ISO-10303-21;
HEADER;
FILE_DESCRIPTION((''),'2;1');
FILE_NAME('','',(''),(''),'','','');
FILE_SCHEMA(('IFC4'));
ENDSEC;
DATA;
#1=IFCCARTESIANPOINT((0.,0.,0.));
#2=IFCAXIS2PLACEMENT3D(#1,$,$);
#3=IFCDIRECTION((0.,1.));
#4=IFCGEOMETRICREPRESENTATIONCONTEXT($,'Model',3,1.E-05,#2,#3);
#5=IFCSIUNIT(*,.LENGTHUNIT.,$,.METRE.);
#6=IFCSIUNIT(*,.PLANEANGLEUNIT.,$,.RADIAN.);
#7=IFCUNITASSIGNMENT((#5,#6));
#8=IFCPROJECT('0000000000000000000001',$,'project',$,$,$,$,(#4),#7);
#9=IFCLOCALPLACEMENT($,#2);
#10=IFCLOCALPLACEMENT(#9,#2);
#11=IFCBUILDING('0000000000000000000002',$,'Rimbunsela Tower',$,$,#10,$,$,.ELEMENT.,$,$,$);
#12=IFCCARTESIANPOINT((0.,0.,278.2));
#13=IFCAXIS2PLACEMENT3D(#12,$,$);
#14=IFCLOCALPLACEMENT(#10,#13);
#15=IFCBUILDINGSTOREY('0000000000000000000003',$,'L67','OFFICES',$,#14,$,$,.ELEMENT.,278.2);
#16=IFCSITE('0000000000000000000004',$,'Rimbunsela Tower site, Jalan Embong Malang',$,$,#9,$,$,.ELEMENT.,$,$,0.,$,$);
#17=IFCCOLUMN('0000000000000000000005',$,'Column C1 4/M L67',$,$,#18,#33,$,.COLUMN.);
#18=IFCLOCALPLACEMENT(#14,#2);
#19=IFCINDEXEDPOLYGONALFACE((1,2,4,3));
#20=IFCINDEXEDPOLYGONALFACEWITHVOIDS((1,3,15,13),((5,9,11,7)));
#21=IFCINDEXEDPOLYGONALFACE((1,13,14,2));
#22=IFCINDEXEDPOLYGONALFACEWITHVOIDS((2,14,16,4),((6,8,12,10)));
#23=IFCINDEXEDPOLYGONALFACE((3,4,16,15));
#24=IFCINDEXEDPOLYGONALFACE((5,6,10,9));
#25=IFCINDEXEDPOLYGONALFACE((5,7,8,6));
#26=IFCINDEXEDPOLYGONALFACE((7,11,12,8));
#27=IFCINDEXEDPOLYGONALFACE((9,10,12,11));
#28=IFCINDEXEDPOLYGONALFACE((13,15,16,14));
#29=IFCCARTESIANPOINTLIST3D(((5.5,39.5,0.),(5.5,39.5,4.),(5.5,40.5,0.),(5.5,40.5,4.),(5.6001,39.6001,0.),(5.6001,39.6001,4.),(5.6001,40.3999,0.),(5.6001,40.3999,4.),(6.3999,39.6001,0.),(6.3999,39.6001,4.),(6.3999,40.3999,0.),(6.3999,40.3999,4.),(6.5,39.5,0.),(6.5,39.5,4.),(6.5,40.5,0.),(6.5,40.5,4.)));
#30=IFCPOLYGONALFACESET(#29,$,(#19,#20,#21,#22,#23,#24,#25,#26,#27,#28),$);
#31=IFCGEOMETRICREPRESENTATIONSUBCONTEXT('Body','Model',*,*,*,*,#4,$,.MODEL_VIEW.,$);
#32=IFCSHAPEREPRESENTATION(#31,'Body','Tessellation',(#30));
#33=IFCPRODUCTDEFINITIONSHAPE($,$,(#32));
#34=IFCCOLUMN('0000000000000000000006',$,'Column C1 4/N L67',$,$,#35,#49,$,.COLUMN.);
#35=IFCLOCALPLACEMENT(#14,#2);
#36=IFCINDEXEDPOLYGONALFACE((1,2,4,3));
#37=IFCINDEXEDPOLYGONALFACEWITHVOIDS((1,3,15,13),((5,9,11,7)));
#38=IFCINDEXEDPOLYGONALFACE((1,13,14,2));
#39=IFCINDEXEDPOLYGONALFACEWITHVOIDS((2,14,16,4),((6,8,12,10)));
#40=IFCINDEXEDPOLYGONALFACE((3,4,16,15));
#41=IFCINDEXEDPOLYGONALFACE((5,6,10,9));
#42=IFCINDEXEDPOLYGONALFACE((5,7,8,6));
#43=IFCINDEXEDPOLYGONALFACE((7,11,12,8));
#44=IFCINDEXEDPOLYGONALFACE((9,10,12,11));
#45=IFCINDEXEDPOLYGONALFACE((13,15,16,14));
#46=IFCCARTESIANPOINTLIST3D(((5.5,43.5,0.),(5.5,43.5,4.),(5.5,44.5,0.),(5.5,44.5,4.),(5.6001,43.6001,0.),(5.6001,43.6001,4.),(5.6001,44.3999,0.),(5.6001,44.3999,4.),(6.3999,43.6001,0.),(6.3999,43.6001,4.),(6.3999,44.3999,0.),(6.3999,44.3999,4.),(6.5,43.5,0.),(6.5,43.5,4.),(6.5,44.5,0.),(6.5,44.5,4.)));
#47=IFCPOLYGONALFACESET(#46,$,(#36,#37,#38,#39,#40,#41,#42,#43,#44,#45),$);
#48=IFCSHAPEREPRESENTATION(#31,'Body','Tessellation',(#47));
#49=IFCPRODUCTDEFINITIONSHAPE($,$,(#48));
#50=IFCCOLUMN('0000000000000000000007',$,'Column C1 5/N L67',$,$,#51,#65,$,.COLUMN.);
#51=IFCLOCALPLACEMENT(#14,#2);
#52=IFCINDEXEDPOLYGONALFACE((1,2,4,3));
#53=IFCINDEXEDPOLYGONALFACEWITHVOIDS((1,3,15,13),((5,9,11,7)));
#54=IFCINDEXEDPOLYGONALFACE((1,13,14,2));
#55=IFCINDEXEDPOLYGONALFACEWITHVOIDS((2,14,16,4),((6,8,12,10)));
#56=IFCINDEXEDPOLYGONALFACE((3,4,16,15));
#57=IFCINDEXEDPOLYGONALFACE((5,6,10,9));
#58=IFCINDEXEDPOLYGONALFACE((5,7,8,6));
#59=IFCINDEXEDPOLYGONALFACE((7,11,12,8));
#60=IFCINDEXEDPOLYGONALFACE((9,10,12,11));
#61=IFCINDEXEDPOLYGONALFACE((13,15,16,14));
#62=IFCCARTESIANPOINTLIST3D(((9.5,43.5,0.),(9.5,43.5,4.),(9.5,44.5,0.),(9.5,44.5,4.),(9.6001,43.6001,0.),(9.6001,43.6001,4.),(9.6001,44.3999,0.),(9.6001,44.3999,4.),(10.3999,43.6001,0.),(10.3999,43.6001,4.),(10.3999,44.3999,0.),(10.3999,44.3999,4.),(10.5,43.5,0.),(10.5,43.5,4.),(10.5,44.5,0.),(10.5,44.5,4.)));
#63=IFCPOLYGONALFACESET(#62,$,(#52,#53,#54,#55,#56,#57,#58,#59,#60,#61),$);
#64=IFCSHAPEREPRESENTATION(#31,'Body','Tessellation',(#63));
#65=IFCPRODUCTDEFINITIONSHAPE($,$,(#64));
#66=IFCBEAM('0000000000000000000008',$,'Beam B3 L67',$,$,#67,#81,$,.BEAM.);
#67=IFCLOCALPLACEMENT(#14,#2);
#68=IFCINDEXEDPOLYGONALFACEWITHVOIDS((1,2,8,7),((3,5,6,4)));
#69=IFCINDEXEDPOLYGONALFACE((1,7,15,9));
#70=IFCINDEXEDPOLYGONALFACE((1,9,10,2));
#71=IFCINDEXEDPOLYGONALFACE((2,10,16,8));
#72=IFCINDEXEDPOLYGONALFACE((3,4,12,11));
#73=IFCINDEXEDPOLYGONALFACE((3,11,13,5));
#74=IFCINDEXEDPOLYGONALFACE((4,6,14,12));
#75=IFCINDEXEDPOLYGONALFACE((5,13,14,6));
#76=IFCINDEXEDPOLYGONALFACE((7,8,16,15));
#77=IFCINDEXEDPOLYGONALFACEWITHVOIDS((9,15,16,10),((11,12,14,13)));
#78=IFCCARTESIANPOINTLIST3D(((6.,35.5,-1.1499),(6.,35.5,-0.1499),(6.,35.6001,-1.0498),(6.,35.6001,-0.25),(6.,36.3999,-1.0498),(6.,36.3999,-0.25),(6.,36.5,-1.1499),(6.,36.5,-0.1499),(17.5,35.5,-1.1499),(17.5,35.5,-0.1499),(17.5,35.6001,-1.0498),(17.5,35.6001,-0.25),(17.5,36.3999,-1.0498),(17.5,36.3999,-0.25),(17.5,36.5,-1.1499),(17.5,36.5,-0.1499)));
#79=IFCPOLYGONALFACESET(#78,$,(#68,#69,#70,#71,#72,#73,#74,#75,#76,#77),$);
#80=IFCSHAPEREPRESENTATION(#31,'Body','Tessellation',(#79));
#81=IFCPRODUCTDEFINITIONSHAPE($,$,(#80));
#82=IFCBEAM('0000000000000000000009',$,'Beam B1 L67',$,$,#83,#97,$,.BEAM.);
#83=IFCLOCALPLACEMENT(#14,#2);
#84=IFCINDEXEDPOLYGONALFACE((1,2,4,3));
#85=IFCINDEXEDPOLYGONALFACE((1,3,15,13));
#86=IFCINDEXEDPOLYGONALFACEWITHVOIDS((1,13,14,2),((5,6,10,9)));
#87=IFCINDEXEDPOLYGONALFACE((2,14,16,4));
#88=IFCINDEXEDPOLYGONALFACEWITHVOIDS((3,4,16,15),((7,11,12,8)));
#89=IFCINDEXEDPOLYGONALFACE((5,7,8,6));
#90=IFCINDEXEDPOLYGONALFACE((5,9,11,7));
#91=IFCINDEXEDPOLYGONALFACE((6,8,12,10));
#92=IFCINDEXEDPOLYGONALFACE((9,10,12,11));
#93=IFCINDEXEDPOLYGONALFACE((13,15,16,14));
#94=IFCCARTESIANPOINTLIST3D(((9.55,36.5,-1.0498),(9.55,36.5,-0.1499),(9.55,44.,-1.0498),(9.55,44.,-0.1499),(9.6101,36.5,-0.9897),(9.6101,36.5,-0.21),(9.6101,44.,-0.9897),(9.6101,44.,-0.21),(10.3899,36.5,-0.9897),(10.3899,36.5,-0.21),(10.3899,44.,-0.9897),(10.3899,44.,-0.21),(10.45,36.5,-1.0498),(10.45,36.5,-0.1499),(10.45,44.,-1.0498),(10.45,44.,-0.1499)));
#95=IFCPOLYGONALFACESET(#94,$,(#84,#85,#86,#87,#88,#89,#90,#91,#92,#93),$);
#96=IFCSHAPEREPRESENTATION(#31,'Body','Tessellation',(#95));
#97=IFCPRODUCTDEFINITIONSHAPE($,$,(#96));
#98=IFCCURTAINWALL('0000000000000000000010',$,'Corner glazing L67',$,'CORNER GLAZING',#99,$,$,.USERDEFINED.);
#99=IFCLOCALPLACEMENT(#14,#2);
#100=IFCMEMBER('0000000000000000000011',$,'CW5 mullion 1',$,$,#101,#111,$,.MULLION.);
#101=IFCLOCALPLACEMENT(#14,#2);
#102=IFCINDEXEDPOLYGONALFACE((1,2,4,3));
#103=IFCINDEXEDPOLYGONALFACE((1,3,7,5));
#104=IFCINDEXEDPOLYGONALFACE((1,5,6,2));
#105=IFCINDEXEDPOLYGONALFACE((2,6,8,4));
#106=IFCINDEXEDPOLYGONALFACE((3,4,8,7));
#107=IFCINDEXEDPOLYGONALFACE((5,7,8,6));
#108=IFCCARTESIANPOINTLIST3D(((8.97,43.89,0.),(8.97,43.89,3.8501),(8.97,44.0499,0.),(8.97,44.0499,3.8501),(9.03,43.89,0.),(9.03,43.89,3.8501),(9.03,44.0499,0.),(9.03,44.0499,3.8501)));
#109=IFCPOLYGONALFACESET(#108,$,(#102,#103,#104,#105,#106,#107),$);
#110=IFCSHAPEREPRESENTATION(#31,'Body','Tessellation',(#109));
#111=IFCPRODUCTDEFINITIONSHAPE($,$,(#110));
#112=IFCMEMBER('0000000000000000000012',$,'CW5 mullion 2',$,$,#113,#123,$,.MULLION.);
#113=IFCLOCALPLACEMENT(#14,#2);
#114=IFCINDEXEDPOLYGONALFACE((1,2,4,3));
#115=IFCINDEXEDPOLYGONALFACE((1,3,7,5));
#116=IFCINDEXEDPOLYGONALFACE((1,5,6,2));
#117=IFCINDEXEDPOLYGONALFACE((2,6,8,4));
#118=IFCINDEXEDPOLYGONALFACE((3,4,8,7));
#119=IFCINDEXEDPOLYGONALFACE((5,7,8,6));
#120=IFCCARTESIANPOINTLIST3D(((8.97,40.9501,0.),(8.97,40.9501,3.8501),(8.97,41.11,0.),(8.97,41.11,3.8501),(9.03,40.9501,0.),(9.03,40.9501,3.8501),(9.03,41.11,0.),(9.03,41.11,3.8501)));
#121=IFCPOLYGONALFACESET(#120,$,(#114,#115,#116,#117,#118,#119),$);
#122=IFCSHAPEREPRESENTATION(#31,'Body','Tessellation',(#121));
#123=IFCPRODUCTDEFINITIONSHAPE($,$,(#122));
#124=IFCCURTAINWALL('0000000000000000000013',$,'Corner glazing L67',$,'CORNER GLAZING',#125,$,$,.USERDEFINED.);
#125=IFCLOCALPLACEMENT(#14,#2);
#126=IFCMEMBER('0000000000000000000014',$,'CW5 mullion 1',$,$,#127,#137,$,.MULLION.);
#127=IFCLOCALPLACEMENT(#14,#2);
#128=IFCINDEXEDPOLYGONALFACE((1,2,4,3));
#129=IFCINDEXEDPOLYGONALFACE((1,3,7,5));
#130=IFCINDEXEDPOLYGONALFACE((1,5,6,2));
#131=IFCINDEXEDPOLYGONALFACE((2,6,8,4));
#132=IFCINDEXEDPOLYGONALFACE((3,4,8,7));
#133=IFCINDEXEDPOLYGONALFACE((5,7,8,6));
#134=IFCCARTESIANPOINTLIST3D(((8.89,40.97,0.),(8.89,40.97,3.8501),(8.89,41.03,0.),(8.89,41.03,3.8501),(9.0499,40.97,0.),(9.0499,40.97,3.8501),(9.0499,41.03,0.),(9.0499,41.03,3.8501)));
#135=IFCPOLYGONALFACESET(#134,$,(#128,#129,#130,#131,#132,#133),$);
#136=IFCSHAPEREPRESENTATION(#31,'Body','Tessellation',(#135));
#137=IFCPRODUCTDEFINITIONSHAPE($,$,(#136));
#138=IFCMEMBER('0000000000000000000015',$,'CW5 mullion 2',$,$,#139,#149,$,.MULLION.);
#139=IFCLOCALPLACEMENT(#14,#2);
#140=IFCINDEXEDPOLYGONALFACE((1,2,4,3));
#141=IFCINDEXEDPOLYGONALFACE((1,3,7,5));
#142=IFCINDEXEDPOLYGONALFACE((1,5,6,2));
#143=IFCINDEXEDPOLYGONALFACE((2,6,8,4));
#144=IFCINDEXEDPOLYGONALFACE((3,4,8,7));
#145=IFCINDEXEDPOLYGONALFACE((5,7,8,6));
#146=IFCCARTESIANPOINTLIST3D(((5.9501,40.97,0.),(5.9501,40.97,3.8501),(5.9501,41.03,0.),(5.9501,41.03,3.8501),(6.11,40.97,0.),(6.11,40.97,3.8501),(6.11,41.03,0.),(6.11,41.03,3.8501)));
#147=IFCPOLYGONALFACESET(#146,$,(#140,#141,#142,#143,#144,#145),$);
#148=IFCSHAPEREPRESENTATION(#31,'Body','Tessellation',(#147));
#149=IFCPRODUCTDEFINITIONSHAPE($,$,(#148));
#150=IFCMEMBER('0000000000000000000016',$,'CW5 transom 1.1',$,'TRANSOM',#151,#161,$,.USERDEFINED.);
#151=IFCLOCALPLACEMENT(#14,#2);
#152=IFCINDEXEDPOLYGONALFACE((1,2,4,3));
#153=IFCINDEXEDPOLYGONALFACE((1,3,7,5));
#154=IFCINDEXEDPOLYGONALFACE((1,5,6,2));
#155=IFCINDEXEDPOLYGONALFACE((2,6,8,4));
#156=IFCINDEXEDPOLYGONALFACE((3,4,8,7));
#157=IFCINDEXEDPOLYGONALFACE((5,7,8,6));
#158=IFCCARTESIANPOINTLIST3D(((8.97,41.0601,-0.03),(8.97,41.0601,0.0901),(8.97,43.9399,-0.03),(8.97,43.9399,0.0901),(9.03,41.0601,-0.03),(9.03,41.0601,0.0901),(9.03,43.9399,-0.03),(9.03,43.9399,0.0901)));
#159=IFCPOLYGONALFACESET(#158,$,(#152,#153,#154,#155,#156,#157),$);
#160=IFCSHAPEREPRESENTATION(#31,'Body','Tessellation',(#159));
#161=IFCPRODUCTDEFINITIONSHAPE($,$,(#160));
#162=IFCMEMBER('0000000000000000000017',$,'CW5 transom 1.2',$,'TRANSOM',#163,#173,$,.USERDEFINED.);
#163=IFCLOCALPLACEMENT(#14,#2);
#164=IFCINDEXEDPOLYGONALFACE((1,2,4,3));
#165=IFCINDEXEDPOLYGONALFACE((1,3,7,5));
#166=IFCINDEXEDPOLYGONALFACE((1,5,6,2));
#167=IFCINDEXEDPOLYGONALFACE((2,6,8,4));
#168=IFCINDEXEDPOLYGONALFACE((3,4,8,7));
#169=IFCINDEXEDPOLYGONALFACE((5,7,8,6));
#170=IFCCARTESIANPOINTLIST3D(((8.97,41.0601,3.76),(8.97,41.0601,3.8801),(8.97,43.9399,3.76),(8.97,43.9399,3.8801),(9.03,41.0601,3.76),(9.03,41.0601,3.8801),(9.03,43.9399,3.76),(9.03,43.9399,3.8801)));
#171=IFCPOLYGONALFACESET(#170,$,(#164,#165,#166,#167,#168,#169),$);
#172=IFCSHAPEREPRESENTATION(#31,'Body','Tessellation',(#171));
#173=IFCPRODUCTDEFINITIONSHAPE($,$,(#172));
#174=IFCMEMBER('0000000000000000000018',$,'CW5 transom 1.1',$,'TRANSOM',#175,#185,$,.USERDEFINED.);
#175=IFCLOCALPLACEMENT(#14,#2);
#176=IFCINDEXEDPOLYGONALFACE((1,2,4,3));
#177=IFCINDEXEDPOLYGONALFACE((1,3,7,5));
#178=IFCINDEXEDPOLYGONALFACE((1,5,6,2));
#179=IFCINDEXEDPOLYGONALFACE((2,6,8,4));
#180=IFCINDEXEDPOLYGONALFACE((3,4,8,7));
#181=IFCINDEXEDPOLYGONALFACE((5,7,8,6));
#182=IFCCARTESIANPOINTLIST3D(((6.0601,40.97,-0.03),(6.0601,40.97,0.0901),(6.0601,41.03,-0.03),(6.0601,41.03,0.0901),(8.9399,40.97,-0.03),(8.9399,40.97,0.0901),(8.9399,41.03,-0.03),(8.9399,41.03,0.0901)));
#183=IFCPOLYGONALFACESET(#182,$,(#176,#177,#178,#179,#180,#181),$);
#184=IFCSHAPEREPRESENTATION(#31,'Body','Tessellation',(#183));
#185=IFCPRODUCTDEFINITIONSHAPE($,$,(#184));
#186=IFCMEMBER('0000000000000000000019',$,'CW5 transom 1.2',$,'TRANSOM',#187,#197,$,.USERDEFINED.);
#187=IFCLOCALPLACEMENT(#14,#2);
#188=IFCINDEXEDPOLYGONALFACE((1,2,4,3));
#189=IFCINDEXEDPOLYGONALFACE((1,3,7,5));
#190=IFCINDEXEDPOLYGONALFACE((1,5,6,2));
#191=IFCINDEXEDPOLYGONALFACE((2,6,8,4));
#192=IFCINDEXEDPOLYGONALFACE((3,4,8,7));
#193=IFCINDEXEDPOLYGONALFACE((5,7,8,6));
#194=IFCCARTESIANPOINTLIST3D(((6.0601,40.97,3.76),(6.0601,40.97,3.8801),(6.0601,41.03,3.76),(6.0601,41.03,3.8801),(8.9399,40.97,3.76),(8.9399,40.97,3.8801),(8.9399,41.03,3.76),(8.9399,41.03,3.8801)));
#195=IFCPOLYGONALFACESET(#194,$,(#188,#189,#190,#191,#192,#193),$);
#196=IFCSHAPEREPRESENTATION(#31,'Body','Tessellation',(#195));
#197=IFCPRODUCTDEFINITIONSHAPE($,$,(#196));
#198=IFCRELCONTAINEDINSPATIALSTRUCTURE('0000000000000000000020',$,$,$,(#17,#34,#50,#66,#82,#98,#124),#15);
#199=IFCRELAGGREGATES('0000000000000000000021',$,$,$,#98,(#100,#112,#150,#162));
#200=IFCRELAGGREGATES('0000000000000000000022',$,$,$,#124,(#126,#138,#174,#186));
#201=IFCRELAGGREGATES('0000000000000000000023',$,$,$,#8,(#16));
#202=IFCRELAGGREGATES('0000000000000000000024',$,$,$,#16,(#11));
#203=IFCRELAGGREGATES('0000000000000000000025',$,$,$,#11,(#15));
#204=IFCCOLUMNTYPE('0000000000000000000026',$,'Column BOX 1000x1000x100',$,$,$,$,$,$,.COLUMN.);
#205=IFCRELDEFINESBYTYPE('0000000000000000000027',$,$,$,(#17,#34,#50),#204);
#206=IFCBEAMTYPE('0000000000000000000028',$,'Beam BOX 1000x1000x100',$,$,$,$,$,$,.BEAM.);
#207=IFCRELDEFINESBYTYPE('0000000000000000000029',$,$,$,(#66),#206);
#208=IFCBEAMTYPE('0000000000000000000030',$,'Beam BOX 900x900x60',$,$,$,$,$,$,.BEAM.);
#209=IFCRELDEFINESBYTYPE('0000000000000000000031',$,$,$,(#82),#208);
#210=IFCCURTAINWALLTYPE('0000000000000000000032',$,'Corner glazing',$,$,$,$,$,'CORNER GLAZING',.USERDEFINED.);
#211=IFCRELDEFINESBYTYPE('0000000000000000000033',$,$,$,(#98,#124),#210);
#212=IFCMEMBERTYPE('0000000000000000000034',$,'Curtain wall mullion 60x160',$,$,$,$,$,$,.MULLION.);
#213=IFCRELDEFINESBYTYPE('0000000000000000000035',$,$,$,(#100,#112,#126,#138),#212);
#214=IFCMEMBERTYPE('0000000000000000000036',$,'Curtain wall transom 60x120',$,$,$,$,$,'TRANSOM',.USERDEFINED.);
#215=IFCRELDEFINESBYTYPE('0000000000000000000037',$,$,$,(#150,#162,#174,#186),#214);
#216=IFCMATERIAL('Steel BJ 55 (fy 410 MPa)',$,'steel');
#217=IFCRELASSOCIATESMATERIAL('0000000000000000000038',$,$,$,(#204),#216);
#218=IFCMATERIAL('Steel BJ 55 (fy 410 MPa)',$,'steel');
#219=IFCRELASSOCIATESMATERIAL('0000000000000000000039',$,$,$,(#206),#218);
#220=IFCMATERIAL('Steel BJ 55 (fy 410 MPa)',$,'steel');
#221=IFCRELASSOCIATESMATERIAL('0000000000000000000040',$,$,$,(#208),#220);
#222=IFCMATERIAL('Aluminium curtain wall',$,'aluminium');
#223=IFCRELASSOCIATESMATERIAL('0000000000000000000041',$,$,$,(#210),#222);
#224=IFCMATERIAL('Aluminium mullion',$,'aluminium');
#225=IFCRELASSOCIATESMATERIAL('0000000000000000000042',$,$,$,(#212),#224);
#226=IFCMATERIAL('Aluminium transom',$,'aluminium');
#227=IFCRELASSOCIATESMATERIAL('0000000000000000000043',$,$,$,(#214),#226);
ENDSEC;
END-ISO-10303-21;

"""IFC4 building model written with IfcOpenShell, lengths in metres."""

from ifc_helpers import new_model, si_unit, direction, frame, origin, origin_2d, place, context, subcontext, project, spatial, rectangle, hollow_rectangle, extrude, material, material_profile, profile_set, type_object, element, aggregate, save


model = new_model("IFC4")

# Units and contexts
model_context = context("Model", 3, precision=1e-05, world=origin(), true_north=direction((0.0, 1.0)))
body_context = subcontext(model_context, "Body", "Model", "MODEL_VIEW")
ifc_project = project(units=[si_unit("LENGTHUNIT", "METRE"), si_unit("PLANEANGLEUNIT", "RADIAN")], contexts=[model_context])

# Site, building, storey
site_placement = place(None, origin())
site = spatial("IfcSite", under=ifc_project, at=site_placement, Name="Rimbunsela Tower site, Jalan Embong Malang", CompositionType="ELEMENT", RefElevation=0.0)
building_placement = place(site_placement, origin())
building = spatial("IfcBuilding", under=site, at=building_placement, Name="Rimbunsela Tower", CompositionType="ELEMENT")
storey_placement = place(building_placement, frame((0.0, 0.0, 278.2)))
storey = spatial("IfcBuildingStorey", under=building, at=storey_placement, Name="L67", Description="OFFICES", CompositionType="ELEMENT", Elevation=278.2)

# Columns
ifc_material_1 = material(Name="Steel BJ 55 (fy 410 MPa)", Category="steel")
ifc_material_profile_1 = material_profile(ifc_material_1, hollow_rectangle(XDim=1.0, YDim=1.0, WallThickness=0.1001, at=origin_2d()), Name="BOX 1000x1000x100")
ifc_profile_set_1 = profile_set([ifc_material_profile_1], Name="Steel BJ 55 (fy 410 MPa)")
column_type = type_object("IfcColumnType", Name="Column BOX 1000x1000x100", PredefinedType="COLUMN", material=ifc_profile_set_1)
for number, where, z_axis, x_axis, name in (
    (1, (6.0, 40.0, 0.0), (0.0, 0.0, 1.0), (1.0, 0.0, 0.0), "Column C1 4/M L67"),
    (2, (6.0, 44.0, 0.0), (0.0, 0.0, 1.0), (1.0, 0.0, 0.0), "Column C1 4/N L67"),
    (3, (10.0, 44.0, 0.0), (0.0, 0.0, 1.0), (1.0, 0.0, 0.0), "Column C1 5/N L67"),
):
    element("IfcColumn", number, at=place(storey_placement, frame(where, z_axis=z_axis, x_axis=x_axis)), inside=storey, type_object=column_type, Name=name, PredefinedType="COLUMN", context=body_context, shape_type="SweptSolid", body=[
        extrude(hollow_rectangle(XDim=1.0, YDim=1.0, WallThickness=0.1001, at=origin_2d()), origin(), (0.0, 0.0, 1.0), 4.0),
    ])

# Beams
ifc_material_2 = material(Name="Steel BJ 55 (fy 410 MPa)", Category="steel")
ifc_material_profile_2 = material_profile(ifc_material_2, hollow_rectangle(XDim=1.0, YDim=1.0, WallThickness=0.1001, at=origin_2d()), Name="BOX 1000x1000x100")
ifc_profile_set_2 = profile_set([ifc_material_profile_2], Name="Steel BJ 55 (fy 410 MPa)")
beam_type_1 = type_object("IfcBeamType", Name="Beam BOX 1000x1000x100", PredefinedType="BEAM", material=ifc_profile_set_2)
beam_1_placement = place(storey_placement, frame((6.0, 36.0, -0.6499), z_axis=(1.0, 0.0, 0.0), x_axis=(0.0, 1.0, 0.0)))
element("IfcBeam", 4, at=beam_1_placement, inside=storey, type_object=beam_type_1, Name="Beam B3 L67", PredefinedType="BEAM", context=body_context, shape_type="SweptSolid", body=[
    extrude(hollow_rectangle(XDim=1.0, YDim=1.0, WallThickness=0.1001, at=origin_2d()), origin(), (0.0, 0.0, 1.0), 11.5),
])
ifc_material_3 = material(Name="Steel BJ 55 (fy 410 MPa)", Category="steel")
ifc_material_profile_3 = material_profile(ifc_material_3, hollow_rectangle(XDim=0.8999, YDim=0.8999, WallThickness=0.0601, at=origin_2d()), Name="BOX 900x900x60")
ifc_profile_set_3 = profile_set([ifc_material_profile_3], Name="Steel BJ 55 (fy 410 MPa)")
beam_type_2 = type_object("IfcBeamType", Name="Beam BOX 900x900x60", PredefinedType="BEAM", material=ifc_profile_set_3)
beam_2_placement = place(storey_placement, frame((10.0, 36.5, -0.5999), z_axis=(0.0, 1.0, 0.0), x_axis=(-1.0, 0.0, 0.0)))
element("IfcBeam", 5, at=beam_2_placement, inside=storey, type_object=beam_type_2, Name="Beam B1 L67", PredefinedType="BEAM", context=body_context, shape_type="SweptSolid", body=[
    extrude(hollow_rectangle(XDim=0.8999, YDim=0.8999, WallThickness=0.0601, at=origin_2d()), origin(), (0.0, 0.0, 1.0), 7.5),
])

# Curtain walls, members
ifc_material_4 = material(Name="Aluminium curtain wall", Category="aluminium")
curtain_wall_type = type_object("IfcCurtainWallType", Name="Corner glazing", ElementType="CORNER GLAZING", PredefinedType="USERDEFINED", material=ifc_material_4)
curtain_wall_1_placement = place(storey_placement, origin())
curtain_wall_1 = element("IfcCurtainWall", 6, at=curtain_wall_1_placement, inside=storey, type_object=curtain_wall_type, Name="Corner glazing L67", ObjectType="CORNER GLAZING", PredefinedType="USERDEFINED")
ifc_material_5 = material(Name="Aluminium mullion", Category="aluminium")
ifc_material_profile_4 = material_profile(ifc_material_5, rectangle(XDim=0.0601, YDim=0.1599, at=origin_2d()), Name="Mullion 60x160")
ifc_profile_set_4 = profile_set([ifc_material_profile_4], Name="Aluminium mullion")
member_type_1 = type_object("IfcMemberType", Name="Curtain wall mullion 60x160", PredefinedType="MULLION", material=ifc_profile_set_4)
member_1_placement = place(storey_placement, frame((9.0, 43.97, 0.0), z_axis=(0.0, 0.0, 1.0), x_axis=(1.0, 0.0, 0.0)))
member_1 = element("IfcMember", 7, at=member_1_placement, type_object=member_type_1, Name="CW5 mullion 1", PredefinedType="MULLION", context=body_context, shape_type="SweptSolid", body=[
    extrude(rectangle(XDim=0.0601, YDim=0.1599, at=origin_2d()), origin(), (0.0, 0.0, 1.0), 3.8501),
])
member_2_placement = place(storey_placement, frame((9.0, 41.03, 0.0), z_axis=(0.0, 0.0, 1.0), x_axis=(1.0, 0.0, 0.0)))
member_2 = element("IfcMember", 8, at=member_2_placement, type_object=member_type_1, Name="CW5 mullion 2", PredefinedType="MULLION", context=body_context, shape_type="SweptSolid", body=[
    extrude(rectangle(XDim=0.0601, YDim=0.1599, at=origin_2d()), origin(), (0.0, 0.0, 1.0), 3.8501),
])
curtain_wall_2_placement = place(storey_placement, origin())
curtain_wall_2 = element("IfcCurtainWall", 9, at=curtain_wall_2_placement, inside=storey, type_object=curtain_wall_type, Name="Corner glazing L67", ObjectType="CORNER GLAZING", PredefinedType="USERDEFINED")
member_3_placement = place(storey_placement, frame((8.97, 41.0, 0.0), z_axis=(0.0, 0.0, 1.0), x_axis=(0.0, -1.0, 0.0)))
member_3 = element("IfcMember", 10, at=member_3_placement, type_object=member_type_1, Name="CW5 mullion 1", PredefinedType="MULLION", context=body_context, shape_type="SweptSolid", body=[
    extrude(rectangle(XDim=0.0601, YDim=0.1599, at=origin_2d()), origin(), (0.0, 0.0, 1.0), 3.8501),
])
member_4_placement = place(storey_placement, frame((6.03, 41.0, 0.0), z_axis=(0.0, 0.0, 1.0), x_axis=(0.0, -1.0, 0.0)))
member_4 = element("IfcMember", 11, at=member_4_placement, type_object=member_type_1, Name="CW5 mullion 2", PredefinedType="MULLION", context=body_context, shape_type="SweptSolid", body=[
    extrude(rectangle(XDim=0.0601, YDim=0.1599, at=origin_2d()), origin(), (0.0, 0.0, 1.0), 3.8501),
])

# Members
ifc_material_6 = material(Name="Aluminium transom", Category="aluminium")
ifc_material_profile_5 = material_profile(ifc_material_6, rectangle(XDim=0.0601, YDim=0.1201, at=origin_2d()), Name="Transom 60x120")
ifc_profile_set_5 = profile_set([ifc_material_profile_5], Name="Aluminium transom")
member_type_2 = type_object("IfcMemberType", Name="Curtain wall transom 60x120", ElementType="TRANSOM", PredefinedType="USERDEFINED", material=ifc_profile_set_5)
member_5_placement = place(storey_placement, frame((9.0, 43.9399, 0.03), z_axis=(0.0, -1.0, 0.0), x_axis=(1.0, 0.0, 0.0)))
member_5 = element("IfcMember", 12, at=member_5_placement, type_object=member_type_2, Name="CW5 transom 1.1", ObjectType="TRANSOM", PredefinedType="USERDEFINED", context=body_context, shape_type="SweptSolid", body=[
    extrude(rectangle(XDim=0.0601, YDim=0.1201, at=origin_2d()), origin(), (0.0, 0.0, 1.0), 2.8799),
])
member_6_placement = place(storey_placement, frame((9.0, 43.9399, 3.8201), z_axis=(0.0, -1.0, 0.0), x_axis=(1.0, 0.0, 0.0)))
member_6 = element("IfcMember", 13, at=member_6_placement, type_object=member_type_2, Name="CW5 transom 1.2", ObjectType="TRANSOM", PredefinedType="USERDEFINED", context=body_context, shape_type="SweptSolid", body=[
    extrude(rectangle(XDim=0.0601, YDim=0.1201, at=origin_2d()), origin(), (0.0, 0.0, 1.0), 2.8799),
])
member_7_placement = place(storey_placement, frame((8.9399, 41.0, 0.03), z_axis=(-1.0, 0.0, 0.0), x_axis=(0.0, -1.0, 0.0)))
member_7 = element("IfcMember", 14, at=member_7_placement, type_object=member_type_2, Name="CW5 transom 1.1", ObjectType="TRANSOM", PredefinedType="USERDEFINED", context=body_context, shape_type="SweptSolid", body=[
    extrude(rectangle(XDim=0.0601, YDim=0.1201, at=origin_2d()), origin(), (0.0, 0.0, 1.0), 2.8799),
])
member_8_placement = place(storey_placement, frame((8.9399, 41.0, 3.8201), z_axis=(-1.0, 0.0, 0.0), x_axis=(0.0, -1.0, 0.0)))
member_8 = element("IfcMember", 15, at=member_8_placement, type_object=member_type_2, Name="CW5 transom 1.2", ObjectType="TRANSOM", PredefinedType="USERDEFINED", context=body_context, shape_type="SweptSolid", body=[
    extrude(rectangle(XDim=0.0601, YDim=0.1201, at=origin_2d()), origin(), (0.0, 0.0, 1.0), 2.8799),
])

aggregate(curtain_wall_1, [member_1, member_2, member_5, member_6])
aggregate(curtain_wall_2, [member_3, member_4, member_7, member_8])

save(model, "model.ifc")
